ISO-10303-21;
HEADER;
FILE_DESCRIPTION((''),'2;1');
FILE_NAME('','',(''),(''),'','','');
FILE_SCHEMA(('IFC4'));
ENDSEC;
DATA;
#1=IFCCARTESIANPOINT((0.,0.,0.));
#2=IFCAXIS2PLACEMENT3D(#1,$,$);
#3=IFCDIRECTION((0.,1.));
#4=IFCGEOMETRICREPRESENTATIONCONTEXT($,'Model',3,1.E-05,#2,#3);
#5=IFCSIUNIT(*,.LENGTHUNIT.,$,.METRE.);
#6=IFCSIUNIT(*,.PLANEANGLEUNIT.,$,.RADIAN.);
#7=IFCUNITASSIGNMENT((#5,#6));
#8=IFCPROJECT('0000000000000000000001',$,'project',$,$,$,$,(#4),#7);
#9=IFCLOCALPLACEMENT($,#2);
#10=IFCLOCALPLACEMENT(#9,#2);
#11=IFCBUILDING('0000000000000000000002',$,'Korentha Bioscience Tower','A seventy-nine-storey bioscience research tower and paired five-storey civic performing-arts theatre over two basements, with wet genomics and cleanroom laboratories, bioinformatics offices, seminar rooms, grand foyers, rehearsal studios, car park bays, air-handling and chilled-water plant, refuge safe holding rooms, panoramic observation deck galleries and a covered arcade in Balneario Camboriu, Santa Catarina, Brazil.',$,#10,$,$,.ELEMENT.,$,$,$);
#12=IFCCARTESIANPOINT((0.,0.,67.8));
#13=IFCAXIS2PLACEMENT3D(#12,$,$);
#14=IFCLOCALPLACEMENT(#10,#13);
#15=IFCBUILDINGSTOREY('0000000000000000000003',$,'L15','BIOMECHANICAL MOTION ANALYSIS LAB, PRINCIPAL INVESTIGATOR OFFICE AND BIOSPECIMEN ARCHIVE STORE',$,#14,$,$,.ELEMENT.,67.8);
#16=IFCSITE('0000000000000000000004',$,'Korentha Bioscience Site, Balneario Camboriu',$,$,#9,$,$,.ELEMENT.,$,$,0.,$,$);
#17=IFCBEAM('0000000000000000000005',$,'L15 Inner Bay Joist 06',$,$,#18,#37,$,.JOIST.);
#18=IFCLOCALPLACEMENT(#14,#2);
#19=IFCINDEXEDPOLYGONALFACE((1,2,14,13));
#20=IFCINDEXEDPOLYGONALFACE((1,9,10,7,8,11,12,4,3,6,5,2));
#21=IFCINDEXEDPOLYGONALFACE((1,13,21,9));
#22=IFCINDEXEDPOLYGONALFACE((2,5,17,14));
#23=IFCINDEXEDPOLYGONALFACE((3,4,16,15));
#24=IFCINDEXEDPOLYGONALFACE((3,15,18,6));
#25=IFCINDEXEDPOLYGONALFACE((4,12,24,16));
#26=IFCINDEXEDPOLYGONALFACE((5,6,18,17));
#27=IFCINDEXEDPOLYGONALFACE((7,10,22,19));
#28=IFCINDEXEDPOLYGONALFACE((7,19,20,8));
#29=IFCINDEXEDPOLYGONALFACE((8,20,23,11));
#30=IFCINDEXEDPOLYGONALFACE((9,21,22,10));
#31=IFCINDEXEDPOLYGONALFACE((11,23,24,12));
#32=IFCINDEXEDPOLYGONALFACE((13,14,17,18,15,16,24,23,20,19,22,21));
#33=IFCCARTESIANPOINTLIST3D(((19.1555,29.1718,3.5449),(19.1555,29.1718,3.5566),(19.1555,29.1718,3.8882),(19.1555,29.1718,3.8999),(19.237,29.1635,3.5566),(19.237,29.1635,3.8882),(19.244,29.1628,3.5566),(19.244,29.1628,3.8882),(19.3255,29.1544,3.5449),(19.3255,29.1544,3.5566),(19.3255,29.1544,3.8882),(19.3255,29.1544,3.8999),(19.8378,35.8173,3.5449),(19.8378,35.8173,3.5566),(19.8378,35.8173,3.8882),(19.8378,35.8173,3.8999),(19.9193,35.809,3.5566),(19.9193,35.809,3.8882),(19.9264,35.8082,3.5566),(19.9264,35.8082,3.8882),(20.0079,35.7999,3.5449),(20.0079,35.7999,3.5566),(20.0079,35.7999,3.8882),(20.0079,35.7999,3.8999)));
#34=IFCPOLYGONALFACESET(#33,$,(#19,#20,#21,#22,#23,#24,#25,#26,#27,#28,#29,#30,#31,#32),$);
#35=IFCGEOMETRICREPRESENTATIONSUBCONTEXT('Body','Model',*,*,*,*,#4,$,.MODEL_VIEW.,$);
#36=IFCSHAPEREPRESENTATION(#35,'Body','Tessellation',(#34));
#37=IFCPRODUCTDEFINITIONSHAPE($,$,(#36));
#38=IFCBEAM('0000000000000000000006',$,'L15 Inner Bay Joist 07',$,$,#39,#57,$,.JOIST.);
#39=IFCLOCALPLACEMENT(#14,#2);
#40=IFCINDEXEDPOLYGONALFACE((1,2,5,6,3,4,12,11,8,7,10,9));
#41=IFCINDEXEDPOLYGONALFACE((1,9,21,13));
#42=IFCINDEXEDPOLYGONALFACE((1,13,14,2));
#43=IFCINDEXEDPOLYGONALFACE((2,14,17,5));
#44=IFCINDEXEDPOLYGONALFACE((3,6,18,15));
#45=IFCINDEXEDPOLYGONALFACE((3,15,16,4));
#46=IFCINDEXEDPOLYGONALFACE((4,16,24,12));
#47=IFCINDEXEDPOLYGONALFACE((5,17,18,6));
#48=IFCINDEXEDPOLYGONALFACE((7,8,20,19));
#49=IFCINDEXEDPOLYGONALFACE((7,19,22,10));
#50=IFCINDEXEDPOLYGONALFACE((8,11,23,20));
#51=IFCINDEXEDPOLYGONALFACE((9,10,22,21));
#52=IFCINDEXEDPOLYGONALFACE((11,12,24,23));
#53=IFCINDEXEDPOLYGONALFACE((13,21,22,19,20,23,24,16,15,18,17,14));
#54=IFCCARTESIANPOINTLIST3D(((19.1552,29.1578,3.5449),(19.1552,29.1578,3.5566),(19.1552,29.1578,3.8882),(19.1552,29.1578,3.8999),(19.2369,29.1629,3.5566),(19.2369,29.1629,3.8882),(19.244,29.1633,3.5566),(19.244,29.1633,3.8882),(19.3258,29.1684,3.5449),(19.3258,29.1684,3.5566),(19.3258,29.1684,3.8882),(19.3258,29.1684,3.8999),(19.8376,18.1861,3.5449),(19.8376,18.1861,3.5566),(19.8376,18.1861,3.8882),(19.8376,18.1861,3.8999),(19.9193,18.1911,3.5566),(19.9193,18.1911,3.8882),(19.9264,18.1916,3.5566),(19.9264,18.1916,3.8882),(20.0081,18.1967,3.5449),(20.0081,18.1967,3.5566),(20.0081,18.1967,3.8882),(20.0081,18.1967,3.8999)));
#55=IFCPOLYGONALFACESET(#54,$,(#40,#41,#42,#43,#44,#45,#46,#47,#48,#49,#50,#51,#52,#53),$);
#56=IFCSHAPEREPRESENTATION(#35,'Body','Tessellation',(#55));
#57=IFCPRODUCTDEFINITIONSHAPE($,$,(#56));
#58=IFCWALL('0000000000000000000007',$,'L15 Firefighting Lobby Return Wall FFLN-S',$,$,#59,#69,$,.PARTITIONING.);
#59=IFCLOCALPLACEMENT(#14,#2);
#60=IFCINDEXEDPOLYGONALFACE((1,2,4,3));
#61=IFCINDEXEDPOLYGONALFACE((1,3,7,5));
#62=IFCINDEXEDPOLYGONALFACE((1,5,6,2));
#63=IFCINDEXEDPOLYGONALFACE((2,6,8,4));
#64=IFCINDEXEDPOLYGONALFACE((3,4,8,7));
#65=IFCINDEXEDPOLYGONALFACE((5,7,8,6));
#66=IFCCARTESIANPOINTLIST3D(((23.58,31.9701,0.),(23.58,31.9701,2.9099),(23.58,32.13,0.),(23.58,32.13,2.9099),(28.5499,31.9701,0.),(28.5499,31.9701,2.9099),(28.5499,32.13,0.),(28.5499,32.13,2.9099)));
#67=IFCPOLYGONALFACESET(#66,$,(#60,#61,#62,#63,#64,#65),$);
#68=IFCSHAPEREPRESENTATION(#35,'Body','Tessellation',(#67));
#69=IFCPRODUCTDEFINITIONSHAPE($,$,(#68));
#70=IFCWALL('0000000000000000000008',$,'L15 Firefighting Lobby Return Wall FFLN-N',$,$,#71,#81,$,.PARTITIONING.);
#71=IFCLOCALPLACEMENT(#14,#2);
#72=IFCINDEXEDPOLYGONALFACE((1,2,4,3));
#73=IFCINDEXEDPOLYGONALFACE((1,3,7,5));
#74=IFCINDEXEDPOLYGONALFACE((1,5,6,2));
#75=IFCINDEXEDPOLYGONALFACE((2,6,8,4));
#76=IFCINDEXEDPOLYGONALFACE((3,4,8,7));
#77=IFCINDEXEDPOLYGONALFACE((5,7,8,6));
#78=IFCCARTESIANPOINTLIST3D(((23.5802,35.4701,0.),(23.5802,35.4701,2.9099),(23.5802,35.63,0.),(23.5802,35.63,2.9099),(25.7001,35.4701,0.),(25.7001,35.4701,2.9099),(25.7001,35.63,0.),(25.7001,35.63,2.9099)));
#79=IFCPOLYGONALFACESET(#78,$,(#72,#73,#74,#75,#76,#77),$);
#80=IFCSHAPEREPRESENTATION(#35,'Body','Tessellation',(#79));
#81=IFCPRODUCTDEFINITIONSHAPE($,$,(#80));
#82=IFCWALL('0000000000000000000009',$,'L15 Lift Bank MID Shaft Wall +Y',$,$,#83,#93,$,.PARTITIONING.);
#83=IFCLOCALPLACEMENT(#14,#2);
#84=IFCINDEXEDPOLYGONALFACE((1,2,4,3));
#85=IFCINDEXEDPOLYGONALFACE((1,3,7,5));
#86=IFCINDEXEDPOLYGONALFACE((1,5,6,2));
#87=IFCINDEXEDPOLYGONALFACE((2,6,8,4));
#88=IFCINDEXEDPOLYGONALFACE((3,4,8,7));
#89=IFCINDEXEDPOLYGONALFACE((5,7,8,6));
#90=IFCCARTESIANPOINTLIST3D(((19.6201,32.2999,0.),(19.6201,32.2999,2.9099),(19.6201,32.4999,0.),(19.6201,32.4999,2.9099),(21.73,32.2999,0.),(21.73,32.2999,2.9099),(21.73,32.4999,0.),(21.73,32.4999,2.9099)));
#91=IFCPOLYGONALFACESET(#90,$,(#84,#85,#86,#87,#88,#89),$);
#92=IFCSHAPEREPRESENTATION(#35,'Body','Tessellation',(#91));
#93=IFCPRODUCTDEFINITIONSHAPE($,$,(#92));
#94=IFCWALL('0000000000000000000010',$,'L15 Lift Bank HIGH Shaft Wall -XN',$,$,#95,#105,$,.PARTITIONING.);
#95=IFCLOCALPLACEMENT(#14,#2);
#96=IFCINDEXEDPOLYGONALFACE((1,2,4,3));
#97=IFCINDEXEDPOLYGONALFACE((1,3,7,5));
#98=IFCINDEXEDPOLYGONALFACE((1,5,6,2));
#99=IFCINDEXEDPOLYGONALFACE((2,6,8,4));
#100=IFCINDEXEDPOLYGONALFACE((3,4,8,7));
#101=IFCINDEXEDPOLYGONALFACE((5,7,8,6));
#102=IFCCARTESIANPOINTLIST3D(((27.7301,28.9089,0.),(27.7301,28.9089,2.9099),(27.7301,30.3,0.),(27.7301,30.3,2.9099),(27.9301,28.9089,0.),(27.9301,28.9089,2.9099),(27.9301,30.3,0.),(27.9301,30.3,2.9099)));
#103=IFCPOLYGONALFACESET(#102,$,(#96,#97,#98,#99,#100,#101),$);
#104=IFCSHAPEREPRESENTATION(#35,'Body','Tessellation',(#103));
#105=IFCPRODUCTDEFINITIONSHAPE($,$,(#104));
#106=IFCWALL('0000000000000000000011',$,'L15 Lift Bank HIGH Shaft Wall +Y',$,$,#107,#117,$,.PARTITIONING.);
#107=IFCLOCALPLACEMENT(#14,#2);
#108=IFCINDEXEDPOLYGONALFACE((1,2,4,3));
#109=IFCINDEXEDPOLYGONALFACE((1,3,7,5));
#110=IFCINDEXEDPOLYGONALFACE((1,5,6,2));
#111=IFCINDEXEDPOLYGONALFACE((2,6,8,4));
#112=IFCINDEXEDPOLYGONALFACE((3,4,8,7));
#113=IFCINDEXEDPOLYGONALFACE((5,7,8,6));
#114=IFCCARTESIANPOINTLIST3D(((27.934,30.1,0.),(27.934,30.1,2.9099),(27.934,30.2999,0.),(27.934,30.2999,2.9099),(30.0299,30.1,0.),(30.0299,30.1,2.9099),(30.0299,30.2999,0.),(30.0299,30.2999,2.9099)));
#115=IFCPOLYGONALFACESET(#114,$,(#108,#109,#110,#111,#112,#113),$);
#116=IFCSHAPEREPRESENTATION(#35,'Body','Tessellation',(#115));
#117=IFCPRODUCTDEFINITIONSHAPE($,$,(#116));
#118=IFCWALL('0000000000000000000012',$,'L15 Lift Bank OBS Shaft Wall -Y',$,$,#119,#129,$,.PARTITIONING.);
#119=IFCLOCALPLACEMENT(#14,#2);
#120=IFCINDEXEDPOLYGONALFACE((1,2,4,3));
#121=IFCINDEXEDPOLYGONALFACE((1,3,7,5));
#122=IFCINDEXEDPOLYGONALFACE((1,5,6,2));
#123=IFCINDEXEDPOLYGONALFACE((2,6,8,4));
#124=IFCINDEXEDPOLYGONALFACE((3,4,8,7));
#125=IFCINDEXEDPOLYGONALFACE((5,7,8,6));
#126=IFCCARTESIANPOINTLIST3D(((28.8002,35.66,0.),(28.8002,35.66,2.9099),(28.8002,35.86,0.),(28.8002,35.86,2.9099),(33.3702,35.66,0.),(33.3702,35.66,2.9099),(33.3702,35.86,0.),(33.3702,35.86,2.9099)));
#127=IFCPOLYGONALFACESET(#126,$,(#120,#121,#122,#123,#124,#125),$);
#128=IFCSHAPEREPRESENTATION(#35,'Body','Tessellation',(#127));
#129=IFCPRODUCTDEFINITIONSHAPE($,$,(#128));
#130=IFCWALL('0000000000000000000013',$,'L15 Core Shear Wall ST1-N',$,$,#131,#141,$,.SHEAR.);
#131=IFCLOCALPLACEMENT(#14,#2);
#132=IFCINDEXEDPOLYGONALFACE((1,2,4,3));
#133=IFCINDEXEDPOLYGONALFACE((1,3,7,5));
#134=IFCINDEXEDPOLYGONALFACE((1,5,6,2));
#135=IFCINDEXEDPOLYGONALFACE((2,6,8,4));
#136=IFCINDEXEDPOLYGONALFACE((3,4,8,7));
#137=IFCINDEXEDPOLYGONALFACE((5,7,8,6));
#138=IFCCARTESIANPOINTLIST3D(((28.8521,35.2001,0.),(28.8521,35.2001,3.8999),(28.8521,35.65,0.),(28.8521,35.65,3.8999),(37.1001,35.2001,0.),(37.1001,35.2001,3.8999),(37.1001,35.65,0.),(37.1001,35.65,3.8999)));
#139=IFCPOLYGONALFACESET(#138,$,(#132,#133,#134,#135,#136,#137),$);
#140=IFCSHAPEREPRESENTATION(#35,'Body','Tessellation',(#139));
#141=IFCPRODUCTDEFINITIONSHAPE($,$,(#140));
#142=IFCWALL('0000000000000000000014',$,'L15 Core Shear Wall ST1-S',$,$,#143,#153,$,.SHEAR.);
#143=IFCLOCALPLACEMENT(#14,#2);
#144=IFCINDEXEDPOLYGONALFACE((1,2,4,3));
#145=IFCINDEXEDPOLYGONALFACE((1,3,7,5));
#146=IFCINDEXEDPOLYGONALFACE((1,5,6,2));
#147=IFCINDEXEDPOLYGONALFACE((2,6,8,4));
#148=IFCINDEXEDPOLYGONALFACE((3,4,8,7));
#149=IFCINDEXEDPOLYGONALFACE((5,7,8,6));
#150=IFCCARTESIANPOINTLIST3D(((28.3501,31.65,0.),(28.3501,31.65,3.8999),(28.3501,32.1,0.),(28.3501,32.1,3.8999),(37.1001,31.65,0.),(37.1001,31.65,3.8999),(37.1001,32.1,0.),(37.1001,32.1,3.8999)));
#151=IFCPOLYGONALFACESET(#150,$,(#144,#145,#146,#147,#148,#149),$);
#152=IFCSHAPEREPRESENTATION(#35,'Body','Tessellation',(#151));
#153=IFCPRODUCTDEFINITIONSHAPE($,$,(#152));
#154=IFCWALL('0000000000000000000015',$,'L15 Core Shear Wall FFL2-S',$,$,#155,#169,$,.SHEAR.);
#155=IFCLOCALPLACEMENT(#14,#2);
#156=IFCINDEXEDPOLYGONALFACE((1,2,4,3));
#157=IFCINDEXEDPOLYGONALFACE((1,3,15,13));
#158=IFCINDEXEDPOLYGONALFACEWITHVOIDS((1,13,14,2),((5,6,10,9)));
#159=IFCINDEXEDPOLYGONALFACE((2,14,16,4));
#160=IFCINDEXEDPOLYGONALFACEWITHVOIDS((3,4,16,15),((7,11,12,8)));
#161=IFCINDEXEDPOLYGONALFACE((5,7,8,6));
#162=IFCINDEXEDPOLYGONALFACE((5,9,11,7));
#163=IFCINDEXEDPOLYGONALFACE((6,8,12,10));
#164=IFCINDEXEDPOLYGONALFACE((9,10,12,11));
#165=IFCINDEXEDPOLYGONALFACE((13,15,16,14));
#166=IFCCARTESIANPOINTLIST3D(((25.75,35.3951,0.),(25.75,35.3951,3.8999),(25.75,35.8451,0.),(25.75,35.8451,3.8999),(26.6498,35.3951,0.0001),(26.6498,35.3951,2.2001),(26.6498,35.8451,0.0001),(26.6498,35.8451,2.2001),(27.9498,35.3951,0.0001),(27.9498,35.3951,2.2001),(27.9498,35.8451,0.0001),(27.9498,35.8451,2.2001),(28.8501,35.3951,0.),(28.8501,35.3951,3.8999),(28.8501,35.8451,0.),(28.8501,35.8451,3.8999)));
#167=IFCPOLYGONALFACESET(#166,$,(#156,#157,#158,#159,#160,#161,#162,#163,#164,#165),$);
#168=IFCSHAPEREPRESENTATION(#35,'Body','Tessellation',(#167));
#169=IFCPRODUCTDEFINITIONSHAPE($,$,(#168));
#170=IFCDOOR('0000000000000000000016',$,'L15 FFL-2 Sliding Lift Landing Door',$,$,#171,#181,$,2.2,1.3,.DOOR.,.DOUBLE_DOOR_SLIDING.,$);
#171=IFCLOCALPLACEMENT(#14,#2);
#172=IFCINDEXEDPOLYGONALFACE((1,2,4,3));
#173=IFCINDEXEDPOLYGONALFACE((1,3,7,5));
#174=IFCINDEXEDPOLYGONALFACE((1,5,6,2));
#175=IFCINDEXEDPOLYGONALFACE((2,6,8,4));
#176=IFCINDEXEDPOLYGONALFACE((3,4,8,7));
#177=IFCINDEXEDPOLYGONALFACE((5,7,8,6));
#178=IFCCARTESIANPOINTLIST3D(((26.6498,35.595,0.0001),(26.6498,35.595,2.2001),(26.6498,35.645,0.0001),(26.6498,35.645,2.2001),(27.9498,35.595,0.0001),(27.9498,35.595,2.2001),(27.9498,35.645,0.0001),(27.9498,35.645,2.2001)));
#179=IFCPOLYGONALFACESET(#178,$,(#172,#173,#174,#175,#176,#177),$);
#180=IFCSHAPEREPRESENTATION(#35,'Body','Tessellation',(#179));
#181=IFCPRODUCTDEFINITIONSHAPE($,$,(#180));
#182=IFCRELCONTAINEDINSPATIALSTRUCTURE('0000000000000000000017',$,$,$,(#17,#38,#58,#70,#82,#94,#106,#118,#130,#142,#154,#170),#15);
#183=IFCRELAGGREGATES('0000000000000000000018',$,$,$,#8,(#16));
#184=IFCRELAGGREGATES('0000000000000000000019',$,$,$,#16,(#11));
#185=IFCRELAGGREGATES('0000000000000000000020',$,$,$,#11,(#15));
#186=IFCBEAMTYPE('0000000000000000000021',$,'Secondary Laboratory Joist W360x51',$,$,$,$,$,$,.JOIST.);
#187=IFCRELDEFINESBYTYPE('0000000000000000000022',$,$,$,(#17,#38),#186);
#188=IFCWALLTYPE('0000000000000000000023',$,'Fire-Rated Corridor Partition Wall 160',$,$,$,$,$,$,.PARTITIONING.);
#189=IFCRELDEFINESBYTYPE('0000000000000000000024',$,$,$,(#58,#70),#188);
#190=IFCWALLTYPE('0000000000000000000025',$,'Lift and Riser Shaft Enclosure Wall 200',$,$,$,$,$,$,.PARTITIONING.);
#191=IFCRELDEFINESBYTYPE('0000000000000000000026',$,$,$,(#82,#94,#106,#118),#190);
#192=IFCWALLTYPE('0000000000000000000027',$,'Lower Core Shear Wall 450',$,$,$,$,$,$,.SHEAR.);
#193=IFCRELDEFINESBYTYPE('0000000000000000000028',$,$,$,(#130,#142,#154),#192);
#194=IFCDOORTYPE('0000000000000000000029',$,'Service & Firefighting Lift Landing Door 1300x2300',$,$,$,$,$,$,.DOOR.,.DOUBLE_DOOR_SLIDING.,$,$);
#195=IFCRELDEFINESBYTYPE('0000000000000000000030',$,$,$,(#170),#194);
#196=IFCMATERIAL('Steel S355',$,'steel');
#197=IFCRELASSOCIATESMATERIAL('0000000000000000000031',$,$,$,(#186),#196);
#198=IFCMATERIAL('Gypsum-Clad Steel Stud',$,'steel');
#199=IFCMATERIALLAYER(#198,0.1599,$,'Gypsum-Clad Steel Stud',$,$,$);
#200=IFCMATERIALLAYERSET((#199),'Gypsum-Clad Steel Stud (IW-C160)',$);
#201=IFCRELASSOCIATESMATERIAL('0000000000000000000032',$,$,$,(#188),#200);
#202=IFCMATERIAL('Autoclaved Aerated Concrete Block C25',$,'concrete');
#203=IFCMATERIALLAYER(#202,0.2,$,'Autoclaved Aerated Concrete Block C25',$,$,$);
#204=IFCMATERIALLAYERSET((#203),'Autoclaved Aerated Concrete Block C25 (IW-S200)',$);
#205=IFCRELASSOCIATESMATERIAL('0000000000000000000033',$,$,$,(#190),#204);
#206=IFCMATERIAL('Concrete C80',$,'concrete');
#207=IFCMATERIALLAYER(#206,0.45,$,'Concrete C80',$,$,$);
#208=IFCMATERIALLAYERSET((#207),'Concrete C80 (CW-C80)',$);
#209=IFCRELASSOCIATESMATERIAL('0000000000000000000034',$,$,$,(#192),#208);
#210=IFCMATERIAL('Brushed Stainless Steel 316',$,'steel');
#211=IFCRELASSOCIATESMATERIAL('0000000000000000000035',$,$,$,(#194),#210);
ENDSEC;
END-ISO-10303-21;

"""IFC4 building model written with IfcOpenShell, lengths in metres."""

from ifc_helpers import new_model, si_unit, direction, frame, frame_2d, origin, origin_2d, place, context, subcontext, project, spatial, rectangle, i_section, extrude, material, layer, layer_set, material_profile, profile_set, type_object, element, fill, save


model = new_model("IFC4")

# Units and contexts
model_context = context("Model", 3, precision=1e-05, world=origin(), true_north=direction((0.0, 1.0)))
body_context = subcontext(model_context, "Body", "Model", "MODEL_VIEW")
ifc_project = project(units=[si_unit("LENGTHUNIT", "METRE"), si_unit("PLANEANGLEUNIT", "RADIAN")], contexts=[model_context])

# Site, building, storey
site_placement = place(None, origin())
site = spatial("IfcSite", under=ifc_project, at=site_placement, Name="Korentha Bioscience Site, Balneario Camboriu", CompositionType="ELEMENT", RefElevation=0.0)
building_placement = place(site_placement, origin())
building = spatial("IfcBuilding", under=site, at=building_placement, Name="Korentha Bioscience Tower", Description="A seventy-nine-storey bioscience research tower and paired five-storey civic performing-arts theatre over two basements, with wet genomics and cleanroom laboratories, bioinformatics offices, seminar rooms, grand foyers, rehearsal studios, car park bays, air-handling and chilled-water plant, refuge safe holding rooms, panoramic observation deck galleries and a covered arcade in Balneario Camboriu, Santa Catarina, Brazil.", CompositionType="ELEMENT")
storey_placement = place(building_placement, frame((0.0, 0.0, 67.8)))
storey = spatial("IfcBuildingStorey", under=building, at=storey_placement, Name="L15", Description="BIOMECHANICAL MOTION ANALYSIS LAB, PRINCIPAL INVESTIGATOR OFFICE AND BIOSPECIMEN ARCHIVE STORE", CompositionType="ELEMENT", Elevation=67.8)

# Shared definitions
ifc_material_1 = material(Name="Concrete C80", Category="concrete")

# Beams
ifc_material_2 = material(Name="Steel S355", Category="steel")
ifc_material_profile_1 = material_profile(ifc_material_2, i_section(OverallWidth=0.1709, OverallDepth=0.355, WebThickness=0.0071, FlangeThickness=0.0117, at=origin_2d()), Name="Steel S355")
ifc_profile_set_1 = profile_set([ifc_material_profile_1], Name="Steel S355 (JB-360)")
beam_type_1 = type_object("IfcBeamType", Name="Secondary Laboratory Joist W360x51", PredefinedType="JOIST", material=ifc_profile_set_1)
beam_1_placement = place(storey_placement, frame((19.9229, 35.8086, 3.7224), z_axis=(-0.102145, -0.99477, 0.0), x_axis=(0.99477, -0.102145, 0.0)))
element("IfcBeam", 1, at=beam_1_placement, inside=storey, type_object=beam_type_1, Name="L15 Inner Bay Joist 06", PredefinedType="JOIST", context=body_context, shape_type="SweptSolid", body=[
    extrude(i_section(OverallWidth=0.1709, OverallDepth=0.355, WebThickness=0.0071, FlangeThickness=0.0117, at=origin_2d()), origin(), (0.0, 0.0, 1.0), 6.6804),
])
beam_2_placement = place(storey_placement, frame((19.2405, 29.1631, 3.7224), z_axis=(0.062074, -0.998072, 0.0), x_axis=(0.998072, 0.062074, 0.0)))
element("IfcBeam", 2, at=beam_2_placement, inside=storey, type_object=beam_type_1, Name="L15 Inner Bay Joist 07", PredefinedType="JOIST", context=body_context, shape_type="SweptSolid", body=[
    extrude(i_section(OverallWidth=0.1709, OverallDepth=0.355, WebThickness=0.0071, FlangeThickness=0.0117, at=origin_2d()), origin(), (0.0, 0.0, 1.0), 10.9929),
])

# Shared definitions
ifc_material_3 = material(Name="Gypsum-Clad Steel Stud", Category="steel")
ifc_layer_1 = layer(ifc_material_3, 0.1599, Name="Gypsum-Clad Steel Stud")
ifc_layer_set_1 = layer_set([ifc_layer_1], Name="Gypsum-Clad Steel Stud (IW-C160)")
wall_type_1 = type_object("IfcWallType", Name="Fire-Rated Corridor Partition Wall 160", PredefinedType="PARTITIONING", material=ifc_layer_set_1)

# Walls
wall_1_placement = place(storey_placement, frame((23.5801, 32.05, 0.0), z_axis=(0.0, 0.0, 1.0), x_axis=(1.0, 0.0, 0.0)))
element("IfcWall", 3, at=wall_1_placement, inside=storey, type_object=wall_type_1, Name="L15 Firefighting Lobby Return Wall FFLN-S", PredefinedType="PARTITIONING", context=body_context, shape_type="SweptSolid", body=[
    extrude(rectangle(XDim=4.97, YDim=0.1599, at=frame_2d((2.4849, 0.0))), origin(), (0.0, 0.0, 1.0), 2.9099),
])
wall_2_placement = place(storey_placement, frame((23.5801, 35.55, 0.0), z_axis=(0.0, 0.0, 1.0), x_axis=(1.0, 0.0, 0.0)))
element("IfcWall", 4, at=wall_2_placement, inside=storey, type_object=wall_type_1, Name="L15 Firefighting Lobby Return Wall FFLN-N", PredefinedType="PARTITIONING", context=body_context, shape_type="SweptSolid", body=[
    extrude(rectangle(XDim=2.1199, YDim=0.1599, at=frame_2d((1.0601, 0.0))), origin(), (0.0, 0.0, 1.0), 2.9099),
])
ifc_material_4 = material(Name="Autoclaved Aerated Concrete Block C25", Category="concrete")
ifc_layer_2 = layer(ifc_material_4, 0.2, Name="Autoclaved Aerated Concrete Block C25")
ifc_layer_set_2 = layer_set([ifc_layer_2], Name="Autoclaved Aerated Concrete Block C25 (IW-S200)")
wall_type_2 = type_object("IfcWallType", Name="Lift and Riser Shaft Enclosure Wall 200", PredefinedType="PARTITIONING", material=ifc_layer_set_2)
wall_3_placement = place(storey_placement, frame((19.6201, 32.3999, 0.0), z_axis=(0.0, 0.0, 1.0), x_axis=(1.0, 0.0, 0.0)))
element("IfcWall", 5, at=wall_3_placement, inside=storey, type_object=wall_type_2, Name="L15 Lift Bank MID Shaft Wall +Y", PredefinedType="PARTITIONING", context=body_context, shape_type="SweptSolid", body=[
    extrude(rectangle(XDim=2.1099, YDim=0.2, at=frame_2d((1.0549, 0.0))), origin(), (0.0, 0.0, 1.0), 2.9099),
])
wall_4_placement = place(storey_placement, frame((27.8301, 28.9089, 0.0), z_axis=(0.0, 0.0, 1.0), x_axis=(0.0, 1.0, 0.0)))
element("IfcWall", 6, at=wall_4_placement, inside=storey, type_object=wall_type_2, Name="L15 Lift Bank HIGH Shaft Wall -XN", PredefinedType="PARTITIONING", context=body_context, shape_type="SweptSolid", body=[
    extrude(rectangle(XDim=1.3911, YDim=0.2, at=frame_2d((0.6956, 0.0))), origin(), (0.0, 0.0, 1.0), 2.9099),
])
wall_5_placement = place(storey_placement, frame((27.9341, 30.2, 0.0), z_axis=(0.0, 0.0, 1.0), x_axis=(1.0, 0.0, 0.0)))
element("IfcWall", 7, at=wall_5_placement, inside=storey, type_object=wall_type_2, Name="L15 Lift Bank HIGH Shaft Wall +Y", PredefinedType="PARTITIONING", context=body_context, shape_type="SweptSolid", body=[
    extrude(rectangle(XDim=2.0959, YDim=0.2, at=frame_2d((1.0479, 0.0))), origin(), (0.0, 0.0, 1.0), 2.9099),
])
wall_6_placement = place(storey_placement, frame((28.8, 35.76, 0.0), z_axis=(0.0, 0.0, 1.0), x_axis=(1.0, 0.0, 0.0)))
element("IfcWall", 8, at=wall_6_placement, inside=storey, type_object=wall_type_2, Name="L15 Lift Bank OBS Shaft Wall -Y", PredefinedType="PARTITIONING", context=body_context, shape_type="SweptSolid", body=[
    extrude(rectangle(XDim=4.5701, YDim=0.2, at=frame_2d((2.2852, 0.0))), origin(), (0.0, 0.0, 1.0), 2.9099),
])
ifc_layer_3 = layer(ifc_material_1, 0.45, Name="Concrete C80")
ifc_layer_set_3 = layer_set([ifc_layer_3], Name="Concrete C80 (CW-C80)")
wall_type_3 = type_object("IfcWallType", Name="Lower Core Shear Wall 450", PredefinedType="SHEAR", material=ifc_layer_set_3)
wall_7_placement = place(storey_placement, frame((28.8521, 35.425, 0.0), z_axis=(0.0, 0.0, 1.0), x_axis=(1.0, 0.0, 0.0)))
element("IfcWall", 9, at=wall_7_placement, inside=storey, type_object=wall_type_3, Name="L15 Core Shear Wall ST1-N", PredefinedType="SHEAR", context=body_context, shape_type="SweptSolid", body=[
    extrude(rectangle(XDim=8.248, YDim=0.45, at=frame_2d((4.124, 0.0))), origin(), (0.0, 0.0, 1.0), 3.8999),
])
wall_8_placement = place(storey_placement, frame((28.3501, 31.875, 0.0), z_axis=(0.0, 0.0, 1.0), x_axis=(1.0, 0.0, 0.0)))
element("IfcWall", 10, at=wall_8_placement, inside=storey, type_object=wall_type_3, Name="L15 Core Shear Wall ST1-S", PredefinedType="SHEAR", context=body_context, shape_type="SweptSolid", body=[
    extrude(rectangle(XDim=8.75, YDim=0.45, at=frame_2d((4.375, 0.0))), origin(), (0.0, 0.0, 1.0), 3.8999),
])

# Wall, opening, door
wall_9_placement = place(storey_placement, frame((25.75, 35.6201, 0.0), z_axis=(0.0, 0.0, 1.0), x_axis=(1.0, 0.0, 0.0)))
wall_9 = element("IfcWall", 11, at=wall_9_placement, inside=storey, type_object=wall_type_3, Name="L15 Core Shear Wall FFL2-S", PredefinedType="SHEAR", context=body_context, shape_type="SweptSolid", body=[
    extrude(rectangle(XDim=3.1001, YDim=0.45, at=frame_2d((1.55, 0.0))), origin(), (0.0, 0.0, 1.0), 3.8999),
])
opening_1_placement = place(wall_9_placement, frame((0.8999, 0.0, 0.0)))
opening_1 = element("IfcOpeningElement", 12, at=opening_1_placement, cuts=wall_9, PredefinedType="OPENING", context=body_context, shape_type="SweptSolid", body=[
    extrude(rectangle(XDim=1.3, YDim=2.2, at=frame_2d((0.6499, 1.1001))), frame((0.0, 0.2397, 0.0), z_axis=(0.0, -1.0, 0.0), x_axis=(1.0, 0.0, 0.0)), (0.0, 0.0, 1.0), 0.4797),
])
ifc_material_5 = material(Name="Brushed Stainless Steel 316", Category="steel")
door_type_1 = type_object("IfcDoorType", Name="Service & Firefighting Lift Landing Door 1300x2300", OperationType="DOUBLE_DOOR_SLIDING", PredefinedType="DOOR", material=ifc_material_5)
door_1_placement = place(opening_1_placement, origin())
door_1 = element("IfcDoor", 13, at=door_1_placement, inside=storey, type_object=door_type_1, Name="L15 FFL-2 Sliding Lift Landing Door", OperationType="DOUBLE_DOOR_SLIDING", OverallHeight=2.2, OverallWidth=1.3, PredefinedType="DOOR", context=body_context, shape_type="SweptSolid", body=[
    extrude(rectangle(XDim=1.3, YDim=2.2, at=frame_2d((0.6499, 1.1001))), frame((0.0, 0.0249, 0.0), z_axis=(0.0, -1.0, 0.0), x_axis=(1.0, 0.0, 0.0)), (0.0, 0.0, 1.0), 0.05),
])
fill(opening_1, door_1)

save(model, "model.ifc")
